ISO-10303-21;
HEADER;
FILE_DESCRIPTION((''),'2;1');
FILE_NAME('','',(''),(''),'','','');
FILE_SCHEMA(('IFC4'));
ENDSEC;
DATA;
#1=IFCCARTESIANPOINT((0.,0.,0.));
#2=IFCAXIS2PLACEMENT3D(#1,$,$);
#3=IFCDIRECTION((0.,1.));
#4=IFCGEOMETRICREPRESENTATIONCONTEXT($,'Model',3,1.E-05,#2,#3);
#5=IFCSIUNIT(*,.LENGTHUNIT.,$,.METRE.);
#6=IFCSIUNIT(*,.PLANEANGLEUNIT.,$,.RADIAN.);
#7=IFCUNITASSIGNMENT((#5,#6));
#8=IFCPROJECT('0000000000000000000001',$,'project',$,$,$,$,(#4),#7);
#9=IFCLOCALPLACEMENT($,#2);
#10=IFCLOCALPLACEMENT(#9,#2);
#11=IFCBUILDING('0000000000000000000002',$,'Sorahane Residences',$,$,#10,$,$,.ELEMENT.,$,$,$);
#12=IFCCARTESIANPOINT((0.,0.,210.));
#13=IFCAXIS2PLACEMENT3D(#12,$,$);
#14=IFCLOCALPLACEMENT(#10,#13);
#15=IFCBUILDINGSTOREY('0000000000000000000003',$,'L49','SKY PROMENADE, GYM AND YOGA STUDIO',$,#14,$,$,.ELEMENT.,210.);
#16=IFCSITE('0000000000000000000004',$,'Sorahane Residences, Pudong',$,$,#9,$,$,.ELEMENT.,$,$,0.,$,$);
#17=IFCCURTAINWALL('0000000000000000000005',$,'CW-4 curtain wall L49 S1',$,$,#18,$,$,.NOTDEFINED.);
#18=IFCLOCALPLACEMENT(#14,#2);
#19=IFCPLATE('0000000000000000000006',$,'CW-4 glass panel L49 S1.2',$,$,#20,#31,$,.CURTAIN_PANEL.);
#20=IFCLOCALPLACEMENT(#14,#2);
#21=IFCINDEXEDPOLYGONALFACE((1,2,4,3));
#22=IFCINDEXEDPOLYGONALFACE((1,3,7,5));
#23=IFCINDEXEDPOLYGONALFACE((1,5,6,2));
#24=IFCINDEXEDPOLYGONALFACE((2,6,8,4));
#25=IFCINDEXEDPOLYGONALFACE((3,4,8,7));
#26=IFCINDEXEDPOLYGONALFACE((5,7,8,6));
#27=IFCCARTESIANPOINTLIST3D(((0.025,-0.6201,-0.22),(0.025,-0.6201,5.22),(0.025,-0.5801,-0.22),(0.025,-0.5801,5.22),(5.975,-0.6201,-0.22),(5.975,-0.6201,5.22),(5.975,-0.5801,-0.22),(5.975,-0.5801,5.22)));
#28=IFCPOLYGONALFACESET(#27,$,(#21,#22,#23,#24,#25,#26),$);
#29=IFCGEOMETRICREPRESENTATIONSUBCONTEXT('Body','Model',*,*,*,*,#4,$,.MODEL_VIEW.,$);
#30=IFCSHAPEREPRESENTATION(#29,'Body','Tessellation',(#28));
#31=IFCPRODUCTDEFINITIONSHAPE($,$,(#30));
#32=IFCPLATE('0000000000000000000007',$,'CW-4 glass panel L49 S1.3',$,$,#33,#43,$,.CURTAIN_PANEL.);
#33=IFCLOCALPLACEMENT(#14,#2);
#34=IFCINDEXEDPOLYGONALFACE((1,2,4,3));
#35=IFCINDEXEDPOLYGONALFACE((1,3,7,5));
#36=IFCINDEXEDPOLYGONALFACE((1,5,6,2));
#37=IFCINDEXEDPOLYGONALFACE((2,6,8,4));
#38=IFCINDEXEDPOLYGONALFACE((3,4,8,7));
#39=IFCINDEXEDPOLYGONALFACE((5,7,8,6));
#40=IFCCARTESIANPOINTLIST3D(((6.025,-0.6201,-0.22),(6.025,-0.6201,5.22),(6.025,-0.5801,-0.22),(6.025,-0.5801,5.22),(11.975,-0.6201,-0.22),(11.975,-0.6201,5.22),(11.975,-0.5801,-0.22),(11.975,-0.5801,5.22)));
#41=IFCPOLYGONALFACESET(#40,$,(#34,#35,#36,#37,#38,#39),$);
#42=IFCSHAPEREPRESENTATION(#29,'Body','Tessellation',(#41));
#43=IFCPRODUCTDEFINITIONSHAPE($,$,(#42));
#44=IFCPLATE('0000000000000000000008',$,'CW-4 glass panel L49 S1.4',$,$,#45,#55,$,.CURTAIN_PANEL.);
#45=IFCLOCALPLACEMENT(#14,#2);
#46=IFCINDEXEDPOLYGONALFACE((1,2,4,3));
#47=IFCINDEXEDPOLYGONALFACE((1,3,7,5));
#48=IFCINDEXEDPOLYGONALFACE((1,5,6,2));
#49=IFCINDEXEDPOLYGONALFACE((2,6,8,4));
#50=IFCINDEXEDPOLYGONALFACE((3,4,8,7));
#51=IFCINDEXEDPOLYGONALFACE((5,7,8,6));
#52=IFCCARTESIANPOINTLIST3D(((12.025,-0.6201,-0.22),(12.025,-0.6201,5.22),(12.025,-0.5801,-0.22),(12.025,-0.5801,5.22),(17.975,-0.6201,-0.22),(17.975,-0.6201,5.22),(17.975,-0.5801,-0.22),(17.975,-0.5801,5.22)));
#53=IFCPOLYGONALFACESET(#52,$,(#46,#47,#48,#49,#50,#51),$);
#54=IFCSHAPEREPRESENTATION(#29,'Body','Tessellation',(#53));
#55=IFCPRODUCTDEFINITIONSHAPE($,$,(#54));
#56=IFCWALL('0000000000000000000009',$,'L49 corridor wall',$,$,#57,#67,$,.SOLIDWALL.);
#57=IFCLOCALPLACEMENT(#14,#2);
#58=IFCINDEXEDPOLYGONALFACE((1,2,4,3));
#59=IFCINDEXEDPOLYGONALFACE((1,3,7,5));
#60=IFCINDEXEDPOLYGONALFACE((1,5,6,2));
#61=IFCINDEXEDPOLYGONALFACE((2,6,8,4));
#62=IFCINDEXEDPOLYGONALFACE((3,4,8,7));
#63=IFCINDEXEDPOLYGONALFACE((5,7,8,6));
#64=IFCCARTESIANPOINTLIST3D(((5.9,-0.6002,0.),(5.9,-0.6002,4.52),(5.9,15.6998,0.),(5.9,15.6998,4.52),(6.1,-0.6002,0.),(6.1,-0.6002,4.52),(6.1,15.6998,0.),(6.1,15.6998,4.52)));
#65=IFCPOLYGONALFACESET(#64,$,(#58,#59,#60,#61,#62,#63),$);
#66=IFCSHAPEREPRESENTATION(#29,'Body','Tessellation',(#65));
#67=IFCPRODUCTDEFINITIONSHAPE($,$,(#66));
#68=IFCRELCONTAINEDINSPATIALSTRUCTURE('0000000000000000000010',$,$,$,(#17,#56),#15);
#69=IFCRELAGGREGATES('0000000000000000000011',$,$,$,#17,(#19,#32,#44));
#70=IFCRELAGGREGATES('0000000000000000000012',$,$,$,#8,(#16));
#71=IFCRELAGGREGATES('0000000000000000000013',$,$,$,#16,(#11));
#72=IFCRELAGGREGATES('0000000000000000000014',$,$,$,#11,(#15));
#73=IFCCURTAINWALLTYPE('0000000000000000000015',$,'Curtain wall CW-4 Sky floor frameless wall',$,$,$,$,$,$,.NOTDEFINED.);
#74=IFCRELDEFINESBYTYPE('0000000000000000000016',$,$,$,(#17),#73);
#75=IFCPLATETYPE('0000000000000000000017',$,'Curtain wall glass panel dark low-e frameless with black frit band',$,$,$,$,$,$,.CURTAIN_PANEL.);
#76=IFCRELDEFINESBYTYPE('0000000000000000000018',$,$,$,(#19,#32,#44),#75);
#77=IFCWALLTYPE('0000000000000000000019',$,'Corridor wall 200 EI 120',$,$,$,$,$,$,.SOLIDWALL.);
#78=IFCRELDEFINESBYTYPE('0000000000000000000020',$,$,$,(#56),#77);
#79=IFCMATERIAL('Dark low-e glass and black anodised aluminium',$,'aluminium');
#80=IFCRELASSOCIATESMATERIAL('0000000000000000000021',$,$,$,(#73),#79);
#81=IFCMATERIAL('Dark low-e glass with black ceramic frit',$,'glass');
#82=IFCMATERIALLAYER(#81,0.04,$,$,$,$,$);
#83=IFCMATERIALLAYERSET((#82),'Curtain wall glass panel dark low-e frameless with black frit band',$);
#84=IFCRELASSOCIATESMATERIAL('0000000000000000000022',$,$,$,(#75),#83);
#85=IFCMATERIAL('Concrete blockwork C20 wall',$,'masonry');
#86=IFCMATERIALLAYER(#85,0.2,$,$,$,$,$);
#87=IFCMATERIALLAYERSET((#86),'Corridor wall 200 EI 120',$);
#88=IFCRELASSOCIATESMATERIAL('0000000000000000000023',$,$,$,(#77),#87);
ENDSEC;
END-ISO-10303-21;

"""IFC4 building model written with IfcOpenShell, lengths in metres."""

from ifc_helpers import new_model, si_unit, direction, frame, frame_2d, origin, origin_2d, place, context, subcontext, project, spatial, rectangle, extrude, material, layer, layer_set, type_object, element, aggregate, save


model = new_model("IFC4")

# Units and contexts
model_context = context("Model", 3, precision=1e-05, world=origin(), true_north=direction((0.0, 1.0)))
body_context = subcontext(model_context, "Body", "Model", "MODEL_VIEW")
ifc_project = project(units=[si_unit("LENGTHUNIT", "METRE"), si_unit("PLANEANGLEUNIT", "RADIAN")], contexts=[model_context])

# Site, building, storey
site_placement = place(None, origin())
site = spatial("IfcSite", under=ifc_project, at=site_placement, Name="Sorahane Residences, Pudong", CompositionType="ELEMENT", RefElevation=0.0)
building_placement = place(site_placement, origin())
building = spatial("IfcBuilding", under=site, at=building_placement, Name="Sorahane Residences", CompositionType="ELEMENT")
storey_placement = place(building_placement, frame((0.0, 0.0, 210.0)))
storey = spatial("IfcBuildingStorey", under=building, at=storey_placement, Name="L49", Description="SKY PROMENADE, GYM AND YOGA STUDIO", CompositionType="ELEMENT", Elevation=210.0)

# Curtain wall
ifc_material_1 = material(Name="Dark low-e glass and black anodised aluminium", Category="aluminium")
curtain_wall_type = type_object("IfcCurtainWallType", Name="Curtain wall CW-4 Sky floor frameless wall", PredefinedType="NOTDEFINED", material=ifc_material_1)
curtain_wall_placement = place(storey_placement, origin())
curtain_wall = element("IfcCurtainWall", 1, at=curtain_wall_placement, inside=storey, type_object=curtain_wall_type, Name="CW-4 curtain wall L49 S1", PredefinedType="NOTDEFINED")

# Plates
ifc_material_2 = material(Name="Dark low-e glass with black ceramic frit", Category="glass")
ifc_layer_1 = layer(ifc_material_2, 0.04)
ifc_layer_set_1 = layer_set([ifc_layer_1], Name="Curtain wall glass panel dark low-e frameless with black frit band")
plate_type = type_object("IfcPlateType", Name="Curtain wall glass panel dark low-e frameless with black frit band", PredefinedType="CURTAIN_PANEL", material=ifc_layer_set_1)
plate_1_placement = place(storey_placement, frame((3.0, -0.6001, -0.22), z_axis=(0.0, 0.0, 1.0), x_axis=(1.0, 0.0, 0.0)))
plate_1 = element("IfcPlate", 2, at=plate_1_placement, type_object=plate_type, Name="CW-4 glass panel L49 S1.2", PredefinedType="CURTAIN_PANEL", context=body_context, shape_type="SweptSolid", body=[
    extrude(rectangle(XDim=5.95, YDim=0.04, at=origin_2d()), origin(), (0.0, 0.0, 1.0), 5.4399),
])
plate_2_placement = place(storey_placement, frame((9.0, -0.6001, -0.22), z_axis=(0.0, 0.0, 1.0), x_axis=(1.0, 0.0, 0.0)))
plate_2 = element("IfcPlate", 3, at=plate_2_placement, type_object=plate_type, Name="CW-4 glass panel L49 S1.3", PredefinedType="CURTAIN_PANEL", context=body_context, shape_type="SweptSolid", body=[
    extrude(rectangle(XDim=5.95, YDim=0.04, at=origin_2d()), origin(), (0.0, 0.0, 1.0), 5.4399),
])
plate_3_placement = place(storey_placement, frame((15.0, -0.6001, -0.22), z_axis=(0.0, 0.0, 1.0), x_axis=(1.0, 0.0, 0.0)))
plate_3 = element("IfcPlate", 4, at=plate_3_placement, type_object=plate_type, Name="CW-4 glass panel L49 S1.4", PredefinedType="CURTAIN_PANEL", context=body_context, shape_type="SweptSolid", body=[
    extrude(rectangle(XDim=5.95, YDim=0.04, at=origin_2d()), origin(), (0.0, 0.0, 1.0), 5.4399),
])
aggregate(curtain_wall, [plate_1, plate_2, plate_3])

# Wall
ifc_material_3 = material(Name="Concrete blockwork C20 wall", Category="masonry")
ifc_layer_2 = layer(ifc_material_3, 0.2)
ifc_layer_set_2 = layer_set([ifc_layer_2], Name="Corridor wall 200 EI 120")
wall_type = type_object("IfcWallType", Name="Corridor wall 200 EI 120", PredefinedType="SOLIDWALL", material=ifc_layer_set_2)
wall_placement = place(storey_placement, frame((6.0, -0.6001, 0.0), z_axis=(0.0, 0.0, 1.0), x_axis=(0.0, 1.0, 0.0)))
element("IfcWall", 5, at=wall_placement, inside=storey, type_object=wall_type, Name="L49 corridor wall", PredefinedType="SOLIDWALL", context=body_context, shape_type="SweptSolid", body=[
    extrude(rectangle(XDim=16.3, YDim=0.2, at=frame_2d((8.1499, 0.0))), origin(), (0.0, 0.0, 1.0), 4.52),
])

save(model, "model.ifc")
